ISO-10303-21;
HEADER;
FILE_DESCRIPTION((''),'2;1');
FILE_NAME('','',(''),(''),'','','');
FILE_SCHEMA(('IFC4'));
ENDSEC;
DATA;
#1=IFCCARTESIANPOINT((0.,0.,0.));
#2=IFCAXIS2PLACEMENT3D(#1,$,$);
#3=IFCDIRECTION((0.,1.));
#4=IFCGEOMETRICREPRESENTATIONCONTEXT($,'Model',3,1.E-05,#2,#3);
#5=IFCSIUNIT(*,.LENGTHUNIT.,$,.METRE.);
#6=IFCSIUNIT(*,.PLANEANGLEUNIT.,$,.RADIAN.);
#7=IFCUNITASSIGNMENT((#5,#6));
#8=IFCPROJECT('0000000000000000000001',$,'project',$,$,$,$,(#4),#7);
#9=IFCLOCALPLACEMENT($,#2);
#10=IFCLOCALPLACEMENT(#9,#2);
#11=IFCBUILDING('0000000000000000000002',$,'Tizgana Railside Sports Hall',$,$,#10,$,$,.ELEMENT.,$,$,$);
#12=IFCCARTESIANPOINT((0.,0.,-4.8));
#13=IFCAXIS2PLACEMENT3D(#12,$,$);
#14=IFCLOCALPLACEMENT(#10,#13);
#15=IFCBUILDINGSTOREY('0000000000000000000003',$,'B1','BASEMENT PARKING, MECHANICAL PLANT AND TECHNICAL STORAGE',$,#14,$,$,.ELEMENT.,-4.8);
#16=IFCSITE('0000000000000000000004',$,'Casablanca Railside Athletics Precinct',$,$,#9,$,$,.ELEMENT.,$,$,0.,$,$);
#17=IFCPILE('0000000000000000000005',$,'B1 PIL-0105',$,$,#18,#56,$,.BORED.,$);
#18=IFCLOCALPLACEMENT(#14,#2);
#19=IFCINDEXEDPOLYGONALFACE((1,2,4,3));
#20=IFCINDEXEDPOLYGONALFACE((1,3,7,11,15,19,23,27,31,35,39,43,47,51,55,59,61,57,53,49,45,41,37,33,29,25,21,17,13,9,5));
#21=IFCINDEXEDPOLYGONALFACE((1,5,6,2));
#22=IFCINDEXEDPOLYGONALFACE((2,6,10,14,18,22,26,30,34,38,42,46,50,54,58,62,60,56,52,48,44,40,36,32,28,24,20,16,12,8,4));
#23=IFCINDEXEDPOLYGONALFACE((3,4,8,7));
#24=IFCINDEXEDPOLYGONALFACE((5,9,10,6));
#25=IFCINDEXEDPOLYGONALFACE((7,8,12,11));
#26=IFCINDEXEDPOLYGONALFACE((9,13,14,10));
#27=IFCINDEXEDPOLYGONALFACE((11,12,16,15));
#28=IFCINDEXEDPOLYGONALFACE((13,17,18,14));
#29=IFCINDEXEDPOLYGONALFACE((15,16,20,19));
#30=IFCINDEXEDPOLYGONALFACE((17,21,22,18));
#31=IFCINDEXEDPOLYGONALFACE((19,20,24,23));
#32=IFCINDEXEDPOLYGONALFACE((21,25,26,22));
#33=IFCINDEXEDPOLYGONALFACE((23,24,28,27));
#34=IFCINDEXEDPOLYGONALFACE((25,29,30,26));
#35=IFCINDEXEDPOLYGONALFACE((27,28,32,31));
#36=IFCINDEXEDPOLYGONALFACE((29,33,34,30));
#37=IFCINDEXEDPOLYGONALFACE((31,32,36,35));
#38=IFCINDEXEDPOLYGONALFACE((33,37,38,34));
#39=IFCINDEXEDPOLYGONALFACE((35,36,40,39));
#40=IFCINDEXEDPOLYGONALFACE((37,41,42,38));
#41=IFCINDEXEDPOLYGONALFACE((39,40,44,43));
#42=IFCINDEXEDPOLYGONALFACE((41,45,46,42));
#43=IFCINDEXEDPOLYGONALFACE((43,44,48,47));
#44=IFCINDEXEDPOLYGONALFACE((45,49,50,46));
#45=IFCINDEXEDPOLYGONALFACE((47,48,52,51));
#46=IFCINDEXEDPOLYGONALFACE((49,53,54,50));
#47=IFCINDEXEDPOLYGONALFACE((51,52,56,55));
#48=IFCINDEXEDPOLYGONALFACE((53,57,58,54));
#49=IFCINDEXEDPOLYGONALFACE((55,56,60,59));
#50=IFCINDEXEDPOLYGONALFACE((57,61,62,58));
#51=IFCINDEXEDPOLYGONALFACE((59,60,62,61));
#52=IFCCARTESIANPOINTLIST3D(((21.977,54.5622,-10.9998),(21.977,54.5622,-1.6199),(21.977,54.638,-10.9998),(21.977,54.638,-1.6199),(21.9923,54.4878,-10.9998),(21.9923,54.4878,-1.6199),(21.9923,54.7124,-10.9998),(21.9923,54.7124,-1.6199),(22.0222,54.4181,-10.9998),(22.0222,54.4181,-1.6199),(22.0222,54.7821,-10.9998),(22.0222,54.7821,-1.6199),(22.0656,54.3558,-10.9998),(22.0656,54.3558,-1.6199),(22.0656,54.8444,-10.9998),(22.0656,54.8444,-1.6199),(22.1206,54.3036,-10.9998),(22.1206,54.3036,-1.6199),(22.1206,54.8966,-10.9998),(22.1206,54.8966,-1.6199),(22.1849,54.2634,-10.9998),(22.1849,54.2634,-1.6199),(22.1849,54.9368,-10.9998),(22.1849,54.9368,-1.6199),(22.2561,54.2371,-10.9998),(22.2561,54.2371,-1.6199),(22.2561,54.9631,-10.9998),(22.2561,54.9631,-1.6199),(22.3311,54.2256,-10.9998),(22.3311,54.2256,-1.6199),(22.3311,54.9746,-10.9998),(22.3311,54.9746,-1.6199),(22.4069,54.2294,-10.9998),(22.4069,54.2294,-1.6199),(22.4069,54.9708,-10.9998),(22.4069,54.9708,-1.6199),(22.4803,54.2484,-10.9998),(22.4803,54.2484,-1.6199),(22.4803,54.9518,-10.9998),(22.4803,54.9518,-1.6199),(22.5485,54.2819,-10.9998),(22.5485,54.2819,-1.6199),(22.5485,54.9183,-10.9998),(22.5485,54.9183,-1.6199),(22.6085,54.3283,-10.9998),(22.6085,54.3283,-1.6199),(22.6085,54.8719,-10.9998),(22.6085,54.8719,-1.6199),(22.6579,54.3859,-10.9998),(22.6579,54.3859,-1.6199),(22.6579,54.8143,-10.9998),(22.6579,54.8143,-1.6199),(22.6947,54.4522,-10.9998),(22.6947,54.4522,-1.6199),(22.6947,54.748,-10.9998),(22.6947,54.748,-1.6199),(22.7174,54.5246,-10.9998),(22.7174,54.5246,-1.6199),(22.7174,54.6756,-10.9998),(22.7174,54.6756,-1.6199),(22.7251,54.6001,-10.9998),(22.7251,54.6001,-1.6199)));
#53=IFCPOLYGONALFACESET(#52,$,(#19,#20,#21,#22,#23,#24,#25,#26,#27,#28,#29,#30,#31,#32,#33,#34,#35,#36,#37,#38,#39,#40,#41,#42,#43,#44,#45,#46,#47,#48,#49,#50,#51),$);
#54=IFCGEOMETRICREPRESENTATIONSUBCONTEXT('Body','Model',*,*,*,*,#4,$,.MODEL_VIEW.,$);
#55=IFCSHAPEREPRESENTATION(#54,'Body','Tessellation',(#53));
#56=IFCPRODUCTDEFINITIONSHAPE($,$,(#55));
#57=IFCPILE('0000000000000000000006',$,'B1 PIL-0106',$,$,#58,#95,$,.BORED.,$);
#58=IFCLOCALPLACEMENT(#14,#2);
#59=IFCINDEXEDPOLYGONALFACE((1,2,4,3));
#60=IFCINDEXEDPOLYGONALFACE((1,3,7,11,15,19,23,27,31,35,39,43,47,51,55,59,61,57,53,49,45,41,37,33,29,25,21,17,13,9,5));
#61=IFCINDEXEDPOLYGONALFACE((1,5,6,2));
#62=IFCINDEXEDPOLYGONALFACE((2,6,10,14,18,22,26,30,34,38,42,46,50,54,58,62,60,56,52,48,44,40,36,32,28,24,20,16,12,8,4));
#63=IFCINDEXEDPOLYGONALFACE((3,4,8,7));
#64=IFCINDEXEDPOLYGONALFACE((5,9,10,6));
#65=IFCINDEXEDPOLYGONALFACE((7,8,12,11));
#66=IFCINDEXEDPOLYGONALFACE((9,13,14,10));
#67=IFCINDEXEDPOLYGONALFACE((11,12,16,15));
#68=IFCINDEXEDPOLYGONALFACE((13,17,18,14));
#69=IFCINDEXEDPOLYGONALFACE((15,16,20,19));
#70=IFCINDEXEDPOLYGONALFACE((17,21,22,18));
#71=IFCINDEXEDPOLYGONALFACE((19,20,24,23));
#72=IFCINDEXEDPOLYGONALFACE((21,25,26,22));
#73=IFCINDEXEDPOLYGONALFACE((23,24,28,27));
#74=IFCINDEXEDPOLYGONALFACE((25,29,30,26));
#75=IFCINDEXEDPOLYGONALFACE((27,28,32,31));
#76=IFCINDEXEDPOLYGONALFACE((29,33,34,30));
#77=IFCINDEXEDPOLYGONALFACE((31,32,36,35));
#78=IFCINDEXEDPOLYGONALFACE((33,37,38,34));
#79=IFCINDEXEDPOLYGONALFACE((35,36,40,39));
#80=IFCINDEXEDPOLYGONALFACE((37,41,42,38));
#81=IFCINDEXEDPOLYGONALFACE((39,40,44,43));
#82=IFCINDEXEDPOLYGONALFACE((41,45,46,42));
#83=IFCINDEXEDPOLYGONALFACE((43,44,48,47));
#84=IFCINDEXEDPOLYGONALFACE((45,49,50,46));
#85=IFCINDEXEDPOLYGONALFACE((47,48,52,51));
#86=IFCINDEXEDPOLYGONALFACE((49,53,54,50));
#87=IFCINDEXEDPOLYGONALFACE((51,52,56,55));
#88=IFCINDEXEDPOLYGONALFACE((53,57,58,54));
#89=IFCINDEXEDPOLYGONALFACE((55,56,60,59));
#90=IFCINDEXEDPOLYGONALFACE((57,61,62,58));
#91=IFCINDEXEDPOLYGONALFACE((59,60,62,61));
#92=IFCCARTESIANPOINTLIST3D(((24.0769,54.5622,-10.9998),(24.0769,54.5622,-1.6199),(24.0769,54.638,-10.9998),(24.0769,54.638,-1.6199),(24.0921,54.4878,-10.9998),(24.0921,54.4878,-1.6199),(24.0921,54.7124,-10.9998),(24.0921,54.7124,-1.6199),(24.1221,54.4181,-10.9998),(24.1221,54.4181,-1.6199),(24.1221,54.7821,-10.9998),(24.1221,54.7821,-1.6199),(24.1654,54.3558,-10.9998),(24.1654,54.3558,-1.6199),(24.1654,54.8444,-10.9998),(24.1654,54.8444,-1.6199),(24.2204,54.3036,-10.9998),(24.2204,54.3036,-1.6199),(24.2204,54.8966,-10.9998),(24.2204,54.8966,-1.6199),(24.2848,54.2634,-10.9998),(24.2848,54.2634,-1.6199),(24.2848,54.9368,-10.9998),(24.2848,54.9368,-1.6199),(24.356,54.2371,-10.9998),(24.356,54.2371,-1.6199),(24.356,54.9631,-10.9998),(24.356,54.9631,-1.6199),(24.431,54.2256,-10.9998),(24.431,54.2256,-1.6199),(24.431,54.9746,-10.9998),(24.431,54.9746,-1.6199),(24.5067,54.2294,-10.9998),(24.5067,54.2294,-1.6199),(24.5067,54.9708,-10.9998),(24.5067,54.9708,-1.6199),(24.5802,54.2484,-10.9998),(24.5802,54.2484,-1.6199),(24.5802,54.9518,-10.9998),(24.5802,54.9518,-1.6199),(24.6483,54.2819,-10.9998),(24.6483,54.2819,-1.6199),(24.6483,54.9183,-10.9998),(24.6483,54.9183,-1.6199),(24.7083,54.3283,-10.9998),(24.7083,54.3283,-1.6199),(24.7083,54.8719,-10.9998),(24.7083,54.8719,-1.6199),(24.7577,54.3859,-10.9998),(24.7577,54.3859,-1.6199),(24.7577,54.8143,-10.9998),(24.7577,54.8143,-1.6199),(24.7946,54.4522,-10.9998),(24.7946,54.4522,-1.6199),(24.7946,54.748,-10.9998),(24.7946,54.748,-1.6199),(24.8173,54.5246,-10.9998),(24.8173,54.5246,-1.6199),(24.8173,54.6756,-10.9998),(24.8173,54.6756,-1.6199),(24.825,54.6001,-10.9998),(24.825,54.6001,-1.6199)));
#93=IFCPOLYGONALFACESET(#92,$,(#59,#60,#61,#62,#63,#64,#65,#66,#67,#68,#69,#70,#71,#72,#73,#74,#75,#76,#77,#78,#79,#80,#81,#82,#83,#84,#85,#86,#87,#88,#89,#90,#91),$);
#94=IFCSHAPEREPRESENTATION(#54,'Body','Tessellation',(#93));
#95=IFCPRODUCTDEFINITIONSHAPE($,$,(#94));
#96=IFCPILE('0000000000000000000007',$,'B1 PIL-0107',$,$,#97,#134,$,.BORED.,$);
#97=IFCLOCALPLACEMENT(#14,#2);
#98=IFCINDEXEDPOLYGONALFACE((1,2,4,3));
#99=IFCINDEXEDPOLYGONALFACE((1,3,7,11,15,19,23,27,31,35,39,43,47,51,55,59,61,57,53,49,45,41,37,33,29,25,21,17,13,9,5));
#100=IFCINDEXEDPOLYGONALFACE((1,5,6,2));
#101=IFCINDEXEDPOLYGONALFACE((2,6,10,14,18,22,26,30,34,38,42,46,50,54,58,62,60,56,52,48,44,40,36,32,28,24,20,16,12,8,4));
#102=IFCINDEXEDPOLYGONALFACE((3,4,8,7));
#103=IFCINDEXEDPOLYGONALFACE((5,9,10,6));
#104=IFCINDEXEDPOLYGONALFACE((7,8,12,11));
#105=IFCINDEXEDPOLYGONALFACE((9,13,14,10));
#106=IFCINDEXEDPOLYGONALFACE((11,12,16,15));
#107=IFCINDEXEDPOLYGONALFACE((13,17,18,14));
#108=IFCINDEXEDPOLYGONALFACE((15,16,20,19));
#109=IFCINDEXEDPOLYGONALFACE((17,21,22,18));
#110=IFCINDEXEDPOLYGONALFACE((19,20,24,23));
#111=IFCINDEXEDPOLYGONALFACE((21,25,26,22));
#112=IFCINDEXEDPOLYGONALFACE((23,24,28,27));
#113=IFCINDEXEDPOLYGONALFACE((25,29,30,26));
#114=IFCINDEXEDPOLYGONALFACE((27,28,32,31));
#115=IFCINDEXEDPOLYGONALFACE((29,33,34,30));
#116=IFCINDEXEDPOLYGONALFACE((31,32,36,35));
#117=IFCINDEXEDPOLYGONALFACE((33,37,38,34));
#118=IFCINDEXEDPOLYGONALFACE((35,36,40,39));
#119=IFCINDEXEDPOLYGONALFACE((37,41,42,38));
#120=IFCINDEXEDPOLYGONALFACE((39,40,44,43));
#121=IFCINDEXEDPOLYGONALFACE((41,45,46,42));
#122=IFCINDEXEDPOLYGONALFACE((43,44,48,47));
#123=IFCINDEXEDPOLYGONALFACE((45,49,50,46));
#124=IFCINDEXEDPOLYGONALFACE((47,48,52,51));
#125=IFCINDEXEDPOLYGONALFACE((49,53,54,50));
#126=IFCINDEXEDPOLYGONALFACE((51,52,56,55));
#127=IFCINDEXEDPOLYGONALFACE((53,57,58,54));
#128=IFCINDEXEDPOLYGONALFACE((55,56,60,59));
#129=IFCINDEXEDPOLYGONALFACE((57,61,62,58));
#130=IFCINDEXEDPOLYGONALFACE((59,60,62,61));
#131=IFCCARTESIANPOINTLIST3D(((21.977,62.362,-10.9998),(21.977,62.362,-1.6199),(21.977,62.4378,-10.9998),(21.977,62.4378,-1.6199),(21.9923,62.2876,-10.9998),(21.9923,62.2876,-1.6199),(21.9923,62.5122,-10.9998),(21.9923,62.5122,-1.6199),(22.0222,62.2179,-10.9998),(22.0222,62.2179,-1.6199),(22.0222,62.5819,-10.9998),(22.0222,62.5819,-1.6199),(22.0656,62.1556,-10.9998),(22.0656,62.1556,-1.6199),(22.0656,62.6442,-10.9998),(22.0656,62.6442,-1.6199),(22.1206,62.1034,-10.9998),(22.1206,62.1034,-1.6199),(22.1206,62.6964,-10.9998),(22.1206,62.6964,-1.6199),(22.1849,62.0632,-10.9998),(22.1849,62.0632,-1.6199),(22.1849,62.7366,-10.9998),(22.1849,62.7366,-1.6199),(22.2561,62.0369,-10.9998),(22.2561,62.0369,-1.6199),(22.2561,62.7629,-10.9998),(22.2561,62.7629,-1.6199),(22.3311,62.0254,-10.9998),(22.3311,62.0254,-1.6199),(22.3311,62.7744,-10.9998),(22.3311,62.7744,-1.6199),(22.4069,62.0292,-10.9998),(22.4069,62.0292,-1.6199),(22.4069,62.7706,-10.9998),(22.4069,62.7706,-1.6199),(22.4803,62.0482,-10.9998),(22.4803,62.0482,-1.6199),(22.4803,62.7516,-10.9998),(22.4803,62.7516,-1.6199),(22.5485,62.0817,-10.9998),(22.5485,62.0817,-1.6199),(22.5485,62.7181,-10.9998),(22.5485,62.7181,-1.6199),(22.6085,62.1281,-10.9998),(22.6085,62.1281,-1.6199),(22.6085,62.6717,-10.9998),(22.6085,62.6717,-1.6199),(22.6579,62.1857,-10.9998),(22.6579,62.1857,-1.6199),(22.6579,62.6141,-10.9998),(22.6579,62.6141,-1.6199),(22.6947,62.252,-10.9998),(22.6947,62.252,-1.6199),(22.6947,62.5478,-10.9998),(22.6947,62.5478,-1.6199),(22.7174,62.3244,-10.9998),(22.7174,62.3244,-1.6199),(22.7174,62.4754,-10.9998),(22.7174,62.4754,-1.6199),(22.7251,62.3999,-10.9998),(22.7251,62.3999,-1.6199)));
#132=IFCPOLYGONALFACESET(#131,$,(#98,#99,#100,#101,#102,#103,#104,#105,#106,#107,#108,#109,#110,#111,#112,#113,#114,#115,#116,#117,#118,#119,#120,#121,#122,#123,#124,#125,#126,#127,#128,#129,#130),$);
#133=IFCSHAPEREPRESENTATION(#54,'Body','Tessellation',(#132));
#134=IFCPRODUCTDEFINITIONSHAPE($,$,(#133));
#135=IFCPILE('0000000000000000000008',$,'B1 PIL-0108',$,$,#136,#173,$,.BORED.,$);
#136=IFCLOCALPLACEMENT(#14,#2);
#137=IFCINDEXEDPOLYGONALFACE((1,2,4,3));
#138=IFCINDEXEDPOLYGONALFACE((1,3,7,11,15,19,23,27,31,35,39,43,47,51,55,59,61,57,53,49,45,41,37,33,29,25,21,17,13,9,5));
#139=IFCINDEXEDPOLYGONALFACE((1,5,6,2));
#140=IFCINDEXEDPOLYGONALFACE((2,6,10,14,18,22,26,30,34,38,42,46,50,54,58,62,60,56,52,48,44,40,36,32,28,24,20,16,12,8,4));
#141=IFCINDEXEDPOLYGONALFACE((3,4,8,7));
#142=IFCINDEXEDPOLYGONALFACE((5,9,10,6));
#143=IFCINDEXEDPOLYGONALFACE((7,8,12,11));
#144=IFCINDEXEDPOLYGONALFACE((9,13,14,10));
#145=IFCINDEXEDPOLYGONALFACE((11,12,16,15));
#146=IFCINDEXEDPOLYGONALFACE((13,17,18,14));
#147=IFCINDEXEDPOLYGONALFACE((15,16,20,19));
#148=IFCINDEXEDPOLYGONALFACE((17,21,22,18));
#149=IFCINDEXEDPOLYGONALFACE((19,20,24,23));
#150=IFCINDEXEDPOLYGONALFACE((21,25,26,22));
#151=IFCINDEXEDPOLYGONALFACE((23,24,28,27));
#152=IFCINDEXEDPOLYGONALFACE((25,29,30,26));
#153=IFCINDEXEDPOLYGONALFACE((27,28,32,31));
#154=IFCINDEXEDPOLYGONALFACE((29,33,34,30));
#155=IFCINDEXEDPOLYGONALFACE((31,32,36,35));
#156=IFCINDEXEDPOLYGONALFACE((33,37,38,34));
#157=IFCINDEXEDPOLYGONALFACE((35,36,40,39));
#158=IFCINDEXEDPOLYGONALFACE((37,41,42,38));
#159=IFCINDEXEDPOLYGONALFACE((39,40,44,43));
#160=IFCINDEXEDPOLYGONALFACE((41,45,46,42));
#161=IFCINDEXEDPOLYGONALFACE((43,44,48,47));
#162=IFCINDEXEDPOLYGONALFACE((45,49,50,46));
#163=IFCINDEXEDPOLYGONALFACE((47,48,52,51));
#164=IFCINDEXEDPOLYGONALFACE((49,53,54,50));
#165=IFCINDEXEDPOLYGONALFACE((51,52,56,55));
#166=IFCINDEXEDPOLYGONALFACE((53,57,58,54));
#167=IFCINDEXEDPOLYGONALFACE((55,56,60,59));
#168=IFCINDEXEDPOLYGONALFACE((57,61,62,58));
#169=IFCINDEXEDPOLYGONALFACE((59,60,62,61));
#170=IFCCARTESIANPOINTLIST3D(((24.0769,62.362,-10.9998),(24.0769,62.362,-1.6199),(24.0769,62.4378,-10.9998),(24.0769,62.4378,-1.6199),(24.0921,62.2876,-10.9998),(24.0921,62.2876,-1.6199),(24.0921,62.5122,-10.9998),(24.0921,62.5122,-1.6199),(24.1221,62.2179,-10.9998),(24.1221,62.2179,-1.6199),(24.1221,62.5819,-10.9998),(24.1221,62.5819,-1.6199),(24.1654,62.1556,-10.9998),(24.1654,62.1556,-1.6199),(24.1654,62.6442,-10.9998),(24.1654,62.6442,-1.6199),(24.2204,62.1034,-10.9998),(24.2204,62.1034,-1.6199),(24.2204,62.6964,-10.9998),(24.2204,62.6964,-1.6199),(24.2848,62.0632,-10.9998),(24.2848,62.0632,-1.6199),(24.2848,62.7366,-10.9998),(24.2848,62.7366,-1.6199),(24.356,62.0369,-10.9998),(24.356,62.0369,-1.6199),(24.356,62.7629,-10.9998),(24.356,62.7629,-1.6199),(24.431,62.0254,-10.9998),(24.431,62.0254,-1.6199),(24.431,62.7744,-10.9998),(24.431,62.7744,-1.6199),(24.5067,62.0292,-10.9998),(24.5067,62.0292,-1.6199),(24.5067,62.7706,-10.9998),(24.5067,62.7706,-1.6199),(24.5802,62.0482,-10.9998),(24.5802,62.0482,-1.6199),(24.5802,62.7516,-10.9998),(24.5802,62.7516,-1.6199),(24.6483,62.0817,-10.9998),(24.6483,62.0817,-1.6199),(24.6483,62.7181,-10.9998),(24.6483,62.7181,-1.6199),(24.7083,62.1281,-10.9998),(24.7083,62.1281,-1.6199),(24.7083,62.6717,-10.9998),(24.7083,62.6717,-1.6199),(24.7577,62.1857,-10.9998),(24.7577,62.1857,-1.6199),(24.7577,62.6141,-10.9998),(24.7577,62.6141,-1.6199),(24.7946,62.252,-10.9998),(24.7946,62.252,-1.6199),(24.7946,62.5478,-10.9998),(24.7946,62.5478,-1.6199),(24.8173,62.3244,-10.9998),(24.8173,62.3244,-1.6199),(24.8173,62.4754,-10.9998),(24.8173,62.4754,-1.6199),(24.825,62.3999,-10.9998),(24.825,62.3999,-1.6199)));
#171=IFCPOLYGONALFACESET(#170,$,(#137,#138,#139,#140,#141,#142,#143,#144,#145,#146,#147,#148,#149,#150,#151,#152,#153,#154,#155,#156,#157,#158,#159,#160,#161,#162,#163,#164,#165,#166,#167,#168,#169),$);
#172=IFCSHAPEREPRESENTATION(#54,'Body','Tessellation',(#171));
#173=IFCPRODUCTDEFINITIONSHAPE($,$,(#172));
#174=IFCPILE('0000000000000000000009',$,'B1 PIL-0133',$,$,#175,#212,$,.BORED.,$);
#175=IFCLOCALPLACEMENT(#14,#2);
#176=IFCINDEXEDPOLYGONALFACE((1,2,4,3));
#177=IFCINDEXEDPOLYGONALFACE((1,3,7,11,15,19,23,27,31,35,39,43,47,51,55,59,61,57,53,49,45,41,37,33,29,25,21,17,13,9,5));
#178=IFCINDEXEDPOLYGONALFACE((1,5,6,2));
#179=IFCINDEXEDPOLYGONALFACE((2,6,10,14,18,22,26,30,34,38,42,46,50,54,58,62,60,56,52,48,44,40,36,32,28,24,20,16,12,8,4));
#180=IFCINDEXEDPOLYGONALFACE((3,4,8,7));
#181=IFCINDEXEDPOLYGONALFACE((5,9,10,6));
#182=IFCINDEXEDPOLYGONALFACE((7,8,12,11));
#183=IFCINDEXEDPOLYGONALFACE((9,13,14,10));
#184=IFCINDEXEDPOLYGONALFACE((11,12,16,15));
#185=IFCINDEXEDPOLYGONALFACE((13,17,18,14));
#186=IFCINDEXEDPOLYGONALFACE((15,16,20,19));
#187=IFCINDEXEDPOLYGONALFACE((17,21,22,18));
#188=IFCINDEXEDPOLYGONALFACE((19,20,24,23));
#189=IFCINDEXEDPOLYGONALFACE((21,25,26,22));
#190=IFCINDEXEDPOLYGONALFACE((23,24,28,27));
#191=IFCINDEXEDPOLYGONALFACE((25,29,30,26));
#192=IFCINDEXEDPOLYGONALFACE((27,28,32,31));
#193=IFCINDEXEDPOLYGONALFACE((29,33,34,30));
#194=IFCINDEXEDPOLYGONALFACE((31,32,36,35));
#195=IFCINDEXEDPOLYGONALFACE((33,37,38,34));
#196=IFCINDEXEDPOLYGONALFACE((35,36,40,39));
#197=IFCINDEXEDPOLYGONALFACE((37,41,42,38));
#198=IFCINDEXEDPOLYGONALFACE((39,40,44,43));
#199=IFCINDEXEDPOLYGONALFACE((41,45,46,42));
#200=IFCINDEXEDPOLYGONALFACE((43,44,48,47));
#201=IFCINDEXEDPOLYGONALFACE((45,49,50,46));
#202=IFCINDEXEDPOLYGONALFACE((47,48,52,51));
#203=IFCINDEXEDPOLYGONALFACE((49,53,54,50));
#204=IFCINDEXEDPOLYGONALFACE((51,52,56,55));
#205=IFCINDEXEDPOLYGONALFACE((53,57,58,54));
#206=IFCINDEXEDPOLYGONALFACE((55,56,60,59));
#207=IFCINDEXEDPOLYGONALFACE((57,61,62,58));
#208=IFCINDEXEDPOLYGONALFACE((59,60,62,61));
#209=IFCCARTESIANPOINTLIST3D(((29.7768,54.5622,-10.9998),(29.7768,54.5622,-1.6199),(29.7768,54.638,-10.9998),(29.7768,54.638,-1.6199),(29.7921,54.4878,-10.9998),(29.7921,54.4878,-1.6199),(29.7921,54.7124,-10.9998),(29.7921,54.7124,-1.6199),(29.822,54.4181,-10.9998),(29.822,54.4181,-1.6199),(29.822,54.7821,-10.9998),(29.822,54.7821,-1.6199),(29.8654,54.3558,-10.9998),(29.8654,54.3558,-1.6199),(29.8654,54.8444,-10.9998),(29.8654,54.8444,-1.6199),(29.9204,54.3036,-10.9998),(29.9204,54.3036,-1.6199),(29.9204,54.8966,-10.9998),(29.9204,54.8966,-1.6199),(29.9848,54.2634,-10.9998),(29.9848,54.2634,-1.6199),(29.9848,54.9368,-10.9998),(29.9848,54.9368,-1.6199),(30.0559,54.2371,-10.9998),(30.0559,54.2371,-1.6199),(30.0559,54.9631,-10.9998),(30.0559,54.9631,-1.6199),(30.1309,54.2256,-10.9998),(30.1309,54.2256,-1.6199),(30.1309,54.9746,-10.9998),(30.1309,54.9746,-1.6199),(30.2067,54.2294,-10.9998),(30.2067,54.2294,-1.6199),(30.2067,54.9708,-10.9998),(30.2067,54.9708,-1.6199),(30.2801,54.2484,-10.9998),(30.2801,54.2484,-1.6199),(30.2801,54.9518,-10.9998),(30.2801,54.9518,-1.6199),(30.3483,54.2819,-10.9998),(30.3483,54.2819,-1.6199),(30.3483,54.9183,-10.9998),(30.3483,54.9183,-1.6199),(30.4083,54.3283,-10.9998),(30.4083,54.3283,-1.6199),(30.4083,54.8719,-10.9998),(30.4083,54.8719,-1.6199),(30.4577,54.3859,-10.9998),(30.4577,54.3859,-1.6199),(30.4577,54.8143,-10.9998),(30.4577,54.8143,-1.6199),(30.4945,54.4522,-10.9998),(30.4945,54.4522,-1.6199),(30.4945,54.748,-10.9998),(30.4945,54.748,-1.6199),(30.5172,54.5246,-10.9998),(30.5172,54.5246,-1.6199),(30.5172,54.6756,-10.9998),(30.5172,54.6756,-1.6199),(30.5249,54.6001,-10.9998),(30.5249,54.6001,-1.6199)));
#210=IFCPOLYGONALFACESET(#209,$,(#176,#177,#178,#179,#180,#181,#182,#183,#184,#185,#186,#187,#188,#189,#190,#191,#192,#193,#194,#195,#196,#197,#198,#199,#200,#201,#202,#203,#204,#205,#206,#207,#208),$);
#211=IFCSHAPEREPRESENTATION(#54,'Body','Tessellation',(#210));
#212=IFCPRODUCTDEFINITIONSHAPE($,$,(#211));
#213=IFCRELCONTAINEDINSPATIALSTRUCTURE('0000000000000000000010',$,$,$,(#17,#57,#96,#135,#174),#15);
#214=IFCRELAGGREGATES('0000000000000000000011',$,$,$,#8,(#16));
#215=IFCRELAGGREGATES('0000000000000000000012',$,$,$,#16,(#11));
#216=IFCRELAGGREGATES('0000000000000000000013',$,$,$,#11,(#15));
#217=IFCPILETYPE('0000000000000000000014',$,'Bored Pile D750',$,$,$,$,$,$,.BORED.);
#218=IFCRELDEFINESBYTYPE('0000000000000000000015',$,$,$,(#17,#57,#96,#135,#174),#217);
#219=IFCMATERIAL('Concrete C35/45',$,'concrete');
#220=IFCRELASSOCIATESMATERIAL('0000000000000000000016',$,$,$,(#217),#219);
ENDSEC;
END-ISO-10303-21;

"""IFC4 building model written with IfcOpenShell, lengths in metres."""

from ifc_helpers import new_model, si_unit, direction, frame, origin, origin_2d, place, context, subcontext, project, spatial, circle, extrude, material, material_profile, profile_set, type_object, element, save


model = new_model("IFC4")

# Units and contexts
model_context = context("Model", 3, precision=1e-05, world=origin(), true_north=direction((0.0, 1.0)))
body_context = subcontext(model_context, "Body", "Model", "MODEL_VIEW")
ifc_project = project(units=[si_unit("LENGTHUNIT", "METRE"), si_unit("PLANEANGLEUNIT", "RADIAN")], contexts=[model_context])

# Site, building, storey
site_placement = place(None, origin())
site = spatial("IfcSite", under=ifc_project, at=site_placement, Name="Casablanca Railside Athletics Precinct", CompositionType="ELEMENT", RefElevation=0.0)
building_placement = place(site_placement, origin())
building = spatial("IfcBuilding", under=site, at=building_placement, Name="Tizgana Railside Sports Hall", CompositionType="ELEMENT")
storey_placement = place(building_placement, frame((0.0, 0.0, -4.8)))
storey = spatial("IfcBuildingStorey", under=building, at=storey_placement, Name="B1", Description="BASEMENT PARKING, MECHANICAL PLANT AND TECHNICAL STORAGE", CompositionType="ELEMENT", Elevation=-4.8)

# Piles
ifc_material_1 = material(Name="Concrete C35/45", Category="concrete")
ifc_material_profile_1 = material_profile(ifc_material_1, circle(Radius=0.375, at=origin_2d()), Name="PILE D750")
ifc_profile_set_1 = profile_set([ifc_material_profile_1], Name="Concrete C35/45")
pile_type = type_object("IfcPileType", Name="Bored Pile D750", PredefinedType="BORED", material=ifc_profile_set_1)
for number, where, z_axis, x_axis, name in (
    (1, (22.3501, 54.6001, -1.6199), (0.0, 0.0, -1.0), (1.0, 0.0, 0.0), "B1 PIL-0105"),
    (2, (24.45, 54.6001, -1.6199), (0.0, 0.0, -1.0), (1.0, 0.0, 0.0), "B1 PIL-0106"),
    (3, (22.3501, 62.3999, -1.6199), (0.0, 0.0, -1.0), (1.0, 0.0, 0.0), "B1 PIL-0107"),
    (4, (24.45, 62.3999, -1.6199), (0.0, 0.0, -1.0), (1.0, 0.0, 0.0), "B1 PIL-0108"),
    (5, (30.1499, 54.6001, -1.6199), (0.0, 0.0, -1.0), (1.0, 0.0, 0.0), "B1 PIL-0133"),
):
    element("IfcPile", number, at=place(storey_placement, frame(where, z_axis=z_axis, x_axis=x_axis)), inside=storey, type_object=pile_type, Name=name, PredefinedType="BORED", context=body_context, shape_type="SweptSolid", body=[
        extrude(circle(Radius=0.375, at=origin_2d()), origin(), (0.0, 0.0, 1.0), 9.3799),
    ])

save(model, "model.ifc")
